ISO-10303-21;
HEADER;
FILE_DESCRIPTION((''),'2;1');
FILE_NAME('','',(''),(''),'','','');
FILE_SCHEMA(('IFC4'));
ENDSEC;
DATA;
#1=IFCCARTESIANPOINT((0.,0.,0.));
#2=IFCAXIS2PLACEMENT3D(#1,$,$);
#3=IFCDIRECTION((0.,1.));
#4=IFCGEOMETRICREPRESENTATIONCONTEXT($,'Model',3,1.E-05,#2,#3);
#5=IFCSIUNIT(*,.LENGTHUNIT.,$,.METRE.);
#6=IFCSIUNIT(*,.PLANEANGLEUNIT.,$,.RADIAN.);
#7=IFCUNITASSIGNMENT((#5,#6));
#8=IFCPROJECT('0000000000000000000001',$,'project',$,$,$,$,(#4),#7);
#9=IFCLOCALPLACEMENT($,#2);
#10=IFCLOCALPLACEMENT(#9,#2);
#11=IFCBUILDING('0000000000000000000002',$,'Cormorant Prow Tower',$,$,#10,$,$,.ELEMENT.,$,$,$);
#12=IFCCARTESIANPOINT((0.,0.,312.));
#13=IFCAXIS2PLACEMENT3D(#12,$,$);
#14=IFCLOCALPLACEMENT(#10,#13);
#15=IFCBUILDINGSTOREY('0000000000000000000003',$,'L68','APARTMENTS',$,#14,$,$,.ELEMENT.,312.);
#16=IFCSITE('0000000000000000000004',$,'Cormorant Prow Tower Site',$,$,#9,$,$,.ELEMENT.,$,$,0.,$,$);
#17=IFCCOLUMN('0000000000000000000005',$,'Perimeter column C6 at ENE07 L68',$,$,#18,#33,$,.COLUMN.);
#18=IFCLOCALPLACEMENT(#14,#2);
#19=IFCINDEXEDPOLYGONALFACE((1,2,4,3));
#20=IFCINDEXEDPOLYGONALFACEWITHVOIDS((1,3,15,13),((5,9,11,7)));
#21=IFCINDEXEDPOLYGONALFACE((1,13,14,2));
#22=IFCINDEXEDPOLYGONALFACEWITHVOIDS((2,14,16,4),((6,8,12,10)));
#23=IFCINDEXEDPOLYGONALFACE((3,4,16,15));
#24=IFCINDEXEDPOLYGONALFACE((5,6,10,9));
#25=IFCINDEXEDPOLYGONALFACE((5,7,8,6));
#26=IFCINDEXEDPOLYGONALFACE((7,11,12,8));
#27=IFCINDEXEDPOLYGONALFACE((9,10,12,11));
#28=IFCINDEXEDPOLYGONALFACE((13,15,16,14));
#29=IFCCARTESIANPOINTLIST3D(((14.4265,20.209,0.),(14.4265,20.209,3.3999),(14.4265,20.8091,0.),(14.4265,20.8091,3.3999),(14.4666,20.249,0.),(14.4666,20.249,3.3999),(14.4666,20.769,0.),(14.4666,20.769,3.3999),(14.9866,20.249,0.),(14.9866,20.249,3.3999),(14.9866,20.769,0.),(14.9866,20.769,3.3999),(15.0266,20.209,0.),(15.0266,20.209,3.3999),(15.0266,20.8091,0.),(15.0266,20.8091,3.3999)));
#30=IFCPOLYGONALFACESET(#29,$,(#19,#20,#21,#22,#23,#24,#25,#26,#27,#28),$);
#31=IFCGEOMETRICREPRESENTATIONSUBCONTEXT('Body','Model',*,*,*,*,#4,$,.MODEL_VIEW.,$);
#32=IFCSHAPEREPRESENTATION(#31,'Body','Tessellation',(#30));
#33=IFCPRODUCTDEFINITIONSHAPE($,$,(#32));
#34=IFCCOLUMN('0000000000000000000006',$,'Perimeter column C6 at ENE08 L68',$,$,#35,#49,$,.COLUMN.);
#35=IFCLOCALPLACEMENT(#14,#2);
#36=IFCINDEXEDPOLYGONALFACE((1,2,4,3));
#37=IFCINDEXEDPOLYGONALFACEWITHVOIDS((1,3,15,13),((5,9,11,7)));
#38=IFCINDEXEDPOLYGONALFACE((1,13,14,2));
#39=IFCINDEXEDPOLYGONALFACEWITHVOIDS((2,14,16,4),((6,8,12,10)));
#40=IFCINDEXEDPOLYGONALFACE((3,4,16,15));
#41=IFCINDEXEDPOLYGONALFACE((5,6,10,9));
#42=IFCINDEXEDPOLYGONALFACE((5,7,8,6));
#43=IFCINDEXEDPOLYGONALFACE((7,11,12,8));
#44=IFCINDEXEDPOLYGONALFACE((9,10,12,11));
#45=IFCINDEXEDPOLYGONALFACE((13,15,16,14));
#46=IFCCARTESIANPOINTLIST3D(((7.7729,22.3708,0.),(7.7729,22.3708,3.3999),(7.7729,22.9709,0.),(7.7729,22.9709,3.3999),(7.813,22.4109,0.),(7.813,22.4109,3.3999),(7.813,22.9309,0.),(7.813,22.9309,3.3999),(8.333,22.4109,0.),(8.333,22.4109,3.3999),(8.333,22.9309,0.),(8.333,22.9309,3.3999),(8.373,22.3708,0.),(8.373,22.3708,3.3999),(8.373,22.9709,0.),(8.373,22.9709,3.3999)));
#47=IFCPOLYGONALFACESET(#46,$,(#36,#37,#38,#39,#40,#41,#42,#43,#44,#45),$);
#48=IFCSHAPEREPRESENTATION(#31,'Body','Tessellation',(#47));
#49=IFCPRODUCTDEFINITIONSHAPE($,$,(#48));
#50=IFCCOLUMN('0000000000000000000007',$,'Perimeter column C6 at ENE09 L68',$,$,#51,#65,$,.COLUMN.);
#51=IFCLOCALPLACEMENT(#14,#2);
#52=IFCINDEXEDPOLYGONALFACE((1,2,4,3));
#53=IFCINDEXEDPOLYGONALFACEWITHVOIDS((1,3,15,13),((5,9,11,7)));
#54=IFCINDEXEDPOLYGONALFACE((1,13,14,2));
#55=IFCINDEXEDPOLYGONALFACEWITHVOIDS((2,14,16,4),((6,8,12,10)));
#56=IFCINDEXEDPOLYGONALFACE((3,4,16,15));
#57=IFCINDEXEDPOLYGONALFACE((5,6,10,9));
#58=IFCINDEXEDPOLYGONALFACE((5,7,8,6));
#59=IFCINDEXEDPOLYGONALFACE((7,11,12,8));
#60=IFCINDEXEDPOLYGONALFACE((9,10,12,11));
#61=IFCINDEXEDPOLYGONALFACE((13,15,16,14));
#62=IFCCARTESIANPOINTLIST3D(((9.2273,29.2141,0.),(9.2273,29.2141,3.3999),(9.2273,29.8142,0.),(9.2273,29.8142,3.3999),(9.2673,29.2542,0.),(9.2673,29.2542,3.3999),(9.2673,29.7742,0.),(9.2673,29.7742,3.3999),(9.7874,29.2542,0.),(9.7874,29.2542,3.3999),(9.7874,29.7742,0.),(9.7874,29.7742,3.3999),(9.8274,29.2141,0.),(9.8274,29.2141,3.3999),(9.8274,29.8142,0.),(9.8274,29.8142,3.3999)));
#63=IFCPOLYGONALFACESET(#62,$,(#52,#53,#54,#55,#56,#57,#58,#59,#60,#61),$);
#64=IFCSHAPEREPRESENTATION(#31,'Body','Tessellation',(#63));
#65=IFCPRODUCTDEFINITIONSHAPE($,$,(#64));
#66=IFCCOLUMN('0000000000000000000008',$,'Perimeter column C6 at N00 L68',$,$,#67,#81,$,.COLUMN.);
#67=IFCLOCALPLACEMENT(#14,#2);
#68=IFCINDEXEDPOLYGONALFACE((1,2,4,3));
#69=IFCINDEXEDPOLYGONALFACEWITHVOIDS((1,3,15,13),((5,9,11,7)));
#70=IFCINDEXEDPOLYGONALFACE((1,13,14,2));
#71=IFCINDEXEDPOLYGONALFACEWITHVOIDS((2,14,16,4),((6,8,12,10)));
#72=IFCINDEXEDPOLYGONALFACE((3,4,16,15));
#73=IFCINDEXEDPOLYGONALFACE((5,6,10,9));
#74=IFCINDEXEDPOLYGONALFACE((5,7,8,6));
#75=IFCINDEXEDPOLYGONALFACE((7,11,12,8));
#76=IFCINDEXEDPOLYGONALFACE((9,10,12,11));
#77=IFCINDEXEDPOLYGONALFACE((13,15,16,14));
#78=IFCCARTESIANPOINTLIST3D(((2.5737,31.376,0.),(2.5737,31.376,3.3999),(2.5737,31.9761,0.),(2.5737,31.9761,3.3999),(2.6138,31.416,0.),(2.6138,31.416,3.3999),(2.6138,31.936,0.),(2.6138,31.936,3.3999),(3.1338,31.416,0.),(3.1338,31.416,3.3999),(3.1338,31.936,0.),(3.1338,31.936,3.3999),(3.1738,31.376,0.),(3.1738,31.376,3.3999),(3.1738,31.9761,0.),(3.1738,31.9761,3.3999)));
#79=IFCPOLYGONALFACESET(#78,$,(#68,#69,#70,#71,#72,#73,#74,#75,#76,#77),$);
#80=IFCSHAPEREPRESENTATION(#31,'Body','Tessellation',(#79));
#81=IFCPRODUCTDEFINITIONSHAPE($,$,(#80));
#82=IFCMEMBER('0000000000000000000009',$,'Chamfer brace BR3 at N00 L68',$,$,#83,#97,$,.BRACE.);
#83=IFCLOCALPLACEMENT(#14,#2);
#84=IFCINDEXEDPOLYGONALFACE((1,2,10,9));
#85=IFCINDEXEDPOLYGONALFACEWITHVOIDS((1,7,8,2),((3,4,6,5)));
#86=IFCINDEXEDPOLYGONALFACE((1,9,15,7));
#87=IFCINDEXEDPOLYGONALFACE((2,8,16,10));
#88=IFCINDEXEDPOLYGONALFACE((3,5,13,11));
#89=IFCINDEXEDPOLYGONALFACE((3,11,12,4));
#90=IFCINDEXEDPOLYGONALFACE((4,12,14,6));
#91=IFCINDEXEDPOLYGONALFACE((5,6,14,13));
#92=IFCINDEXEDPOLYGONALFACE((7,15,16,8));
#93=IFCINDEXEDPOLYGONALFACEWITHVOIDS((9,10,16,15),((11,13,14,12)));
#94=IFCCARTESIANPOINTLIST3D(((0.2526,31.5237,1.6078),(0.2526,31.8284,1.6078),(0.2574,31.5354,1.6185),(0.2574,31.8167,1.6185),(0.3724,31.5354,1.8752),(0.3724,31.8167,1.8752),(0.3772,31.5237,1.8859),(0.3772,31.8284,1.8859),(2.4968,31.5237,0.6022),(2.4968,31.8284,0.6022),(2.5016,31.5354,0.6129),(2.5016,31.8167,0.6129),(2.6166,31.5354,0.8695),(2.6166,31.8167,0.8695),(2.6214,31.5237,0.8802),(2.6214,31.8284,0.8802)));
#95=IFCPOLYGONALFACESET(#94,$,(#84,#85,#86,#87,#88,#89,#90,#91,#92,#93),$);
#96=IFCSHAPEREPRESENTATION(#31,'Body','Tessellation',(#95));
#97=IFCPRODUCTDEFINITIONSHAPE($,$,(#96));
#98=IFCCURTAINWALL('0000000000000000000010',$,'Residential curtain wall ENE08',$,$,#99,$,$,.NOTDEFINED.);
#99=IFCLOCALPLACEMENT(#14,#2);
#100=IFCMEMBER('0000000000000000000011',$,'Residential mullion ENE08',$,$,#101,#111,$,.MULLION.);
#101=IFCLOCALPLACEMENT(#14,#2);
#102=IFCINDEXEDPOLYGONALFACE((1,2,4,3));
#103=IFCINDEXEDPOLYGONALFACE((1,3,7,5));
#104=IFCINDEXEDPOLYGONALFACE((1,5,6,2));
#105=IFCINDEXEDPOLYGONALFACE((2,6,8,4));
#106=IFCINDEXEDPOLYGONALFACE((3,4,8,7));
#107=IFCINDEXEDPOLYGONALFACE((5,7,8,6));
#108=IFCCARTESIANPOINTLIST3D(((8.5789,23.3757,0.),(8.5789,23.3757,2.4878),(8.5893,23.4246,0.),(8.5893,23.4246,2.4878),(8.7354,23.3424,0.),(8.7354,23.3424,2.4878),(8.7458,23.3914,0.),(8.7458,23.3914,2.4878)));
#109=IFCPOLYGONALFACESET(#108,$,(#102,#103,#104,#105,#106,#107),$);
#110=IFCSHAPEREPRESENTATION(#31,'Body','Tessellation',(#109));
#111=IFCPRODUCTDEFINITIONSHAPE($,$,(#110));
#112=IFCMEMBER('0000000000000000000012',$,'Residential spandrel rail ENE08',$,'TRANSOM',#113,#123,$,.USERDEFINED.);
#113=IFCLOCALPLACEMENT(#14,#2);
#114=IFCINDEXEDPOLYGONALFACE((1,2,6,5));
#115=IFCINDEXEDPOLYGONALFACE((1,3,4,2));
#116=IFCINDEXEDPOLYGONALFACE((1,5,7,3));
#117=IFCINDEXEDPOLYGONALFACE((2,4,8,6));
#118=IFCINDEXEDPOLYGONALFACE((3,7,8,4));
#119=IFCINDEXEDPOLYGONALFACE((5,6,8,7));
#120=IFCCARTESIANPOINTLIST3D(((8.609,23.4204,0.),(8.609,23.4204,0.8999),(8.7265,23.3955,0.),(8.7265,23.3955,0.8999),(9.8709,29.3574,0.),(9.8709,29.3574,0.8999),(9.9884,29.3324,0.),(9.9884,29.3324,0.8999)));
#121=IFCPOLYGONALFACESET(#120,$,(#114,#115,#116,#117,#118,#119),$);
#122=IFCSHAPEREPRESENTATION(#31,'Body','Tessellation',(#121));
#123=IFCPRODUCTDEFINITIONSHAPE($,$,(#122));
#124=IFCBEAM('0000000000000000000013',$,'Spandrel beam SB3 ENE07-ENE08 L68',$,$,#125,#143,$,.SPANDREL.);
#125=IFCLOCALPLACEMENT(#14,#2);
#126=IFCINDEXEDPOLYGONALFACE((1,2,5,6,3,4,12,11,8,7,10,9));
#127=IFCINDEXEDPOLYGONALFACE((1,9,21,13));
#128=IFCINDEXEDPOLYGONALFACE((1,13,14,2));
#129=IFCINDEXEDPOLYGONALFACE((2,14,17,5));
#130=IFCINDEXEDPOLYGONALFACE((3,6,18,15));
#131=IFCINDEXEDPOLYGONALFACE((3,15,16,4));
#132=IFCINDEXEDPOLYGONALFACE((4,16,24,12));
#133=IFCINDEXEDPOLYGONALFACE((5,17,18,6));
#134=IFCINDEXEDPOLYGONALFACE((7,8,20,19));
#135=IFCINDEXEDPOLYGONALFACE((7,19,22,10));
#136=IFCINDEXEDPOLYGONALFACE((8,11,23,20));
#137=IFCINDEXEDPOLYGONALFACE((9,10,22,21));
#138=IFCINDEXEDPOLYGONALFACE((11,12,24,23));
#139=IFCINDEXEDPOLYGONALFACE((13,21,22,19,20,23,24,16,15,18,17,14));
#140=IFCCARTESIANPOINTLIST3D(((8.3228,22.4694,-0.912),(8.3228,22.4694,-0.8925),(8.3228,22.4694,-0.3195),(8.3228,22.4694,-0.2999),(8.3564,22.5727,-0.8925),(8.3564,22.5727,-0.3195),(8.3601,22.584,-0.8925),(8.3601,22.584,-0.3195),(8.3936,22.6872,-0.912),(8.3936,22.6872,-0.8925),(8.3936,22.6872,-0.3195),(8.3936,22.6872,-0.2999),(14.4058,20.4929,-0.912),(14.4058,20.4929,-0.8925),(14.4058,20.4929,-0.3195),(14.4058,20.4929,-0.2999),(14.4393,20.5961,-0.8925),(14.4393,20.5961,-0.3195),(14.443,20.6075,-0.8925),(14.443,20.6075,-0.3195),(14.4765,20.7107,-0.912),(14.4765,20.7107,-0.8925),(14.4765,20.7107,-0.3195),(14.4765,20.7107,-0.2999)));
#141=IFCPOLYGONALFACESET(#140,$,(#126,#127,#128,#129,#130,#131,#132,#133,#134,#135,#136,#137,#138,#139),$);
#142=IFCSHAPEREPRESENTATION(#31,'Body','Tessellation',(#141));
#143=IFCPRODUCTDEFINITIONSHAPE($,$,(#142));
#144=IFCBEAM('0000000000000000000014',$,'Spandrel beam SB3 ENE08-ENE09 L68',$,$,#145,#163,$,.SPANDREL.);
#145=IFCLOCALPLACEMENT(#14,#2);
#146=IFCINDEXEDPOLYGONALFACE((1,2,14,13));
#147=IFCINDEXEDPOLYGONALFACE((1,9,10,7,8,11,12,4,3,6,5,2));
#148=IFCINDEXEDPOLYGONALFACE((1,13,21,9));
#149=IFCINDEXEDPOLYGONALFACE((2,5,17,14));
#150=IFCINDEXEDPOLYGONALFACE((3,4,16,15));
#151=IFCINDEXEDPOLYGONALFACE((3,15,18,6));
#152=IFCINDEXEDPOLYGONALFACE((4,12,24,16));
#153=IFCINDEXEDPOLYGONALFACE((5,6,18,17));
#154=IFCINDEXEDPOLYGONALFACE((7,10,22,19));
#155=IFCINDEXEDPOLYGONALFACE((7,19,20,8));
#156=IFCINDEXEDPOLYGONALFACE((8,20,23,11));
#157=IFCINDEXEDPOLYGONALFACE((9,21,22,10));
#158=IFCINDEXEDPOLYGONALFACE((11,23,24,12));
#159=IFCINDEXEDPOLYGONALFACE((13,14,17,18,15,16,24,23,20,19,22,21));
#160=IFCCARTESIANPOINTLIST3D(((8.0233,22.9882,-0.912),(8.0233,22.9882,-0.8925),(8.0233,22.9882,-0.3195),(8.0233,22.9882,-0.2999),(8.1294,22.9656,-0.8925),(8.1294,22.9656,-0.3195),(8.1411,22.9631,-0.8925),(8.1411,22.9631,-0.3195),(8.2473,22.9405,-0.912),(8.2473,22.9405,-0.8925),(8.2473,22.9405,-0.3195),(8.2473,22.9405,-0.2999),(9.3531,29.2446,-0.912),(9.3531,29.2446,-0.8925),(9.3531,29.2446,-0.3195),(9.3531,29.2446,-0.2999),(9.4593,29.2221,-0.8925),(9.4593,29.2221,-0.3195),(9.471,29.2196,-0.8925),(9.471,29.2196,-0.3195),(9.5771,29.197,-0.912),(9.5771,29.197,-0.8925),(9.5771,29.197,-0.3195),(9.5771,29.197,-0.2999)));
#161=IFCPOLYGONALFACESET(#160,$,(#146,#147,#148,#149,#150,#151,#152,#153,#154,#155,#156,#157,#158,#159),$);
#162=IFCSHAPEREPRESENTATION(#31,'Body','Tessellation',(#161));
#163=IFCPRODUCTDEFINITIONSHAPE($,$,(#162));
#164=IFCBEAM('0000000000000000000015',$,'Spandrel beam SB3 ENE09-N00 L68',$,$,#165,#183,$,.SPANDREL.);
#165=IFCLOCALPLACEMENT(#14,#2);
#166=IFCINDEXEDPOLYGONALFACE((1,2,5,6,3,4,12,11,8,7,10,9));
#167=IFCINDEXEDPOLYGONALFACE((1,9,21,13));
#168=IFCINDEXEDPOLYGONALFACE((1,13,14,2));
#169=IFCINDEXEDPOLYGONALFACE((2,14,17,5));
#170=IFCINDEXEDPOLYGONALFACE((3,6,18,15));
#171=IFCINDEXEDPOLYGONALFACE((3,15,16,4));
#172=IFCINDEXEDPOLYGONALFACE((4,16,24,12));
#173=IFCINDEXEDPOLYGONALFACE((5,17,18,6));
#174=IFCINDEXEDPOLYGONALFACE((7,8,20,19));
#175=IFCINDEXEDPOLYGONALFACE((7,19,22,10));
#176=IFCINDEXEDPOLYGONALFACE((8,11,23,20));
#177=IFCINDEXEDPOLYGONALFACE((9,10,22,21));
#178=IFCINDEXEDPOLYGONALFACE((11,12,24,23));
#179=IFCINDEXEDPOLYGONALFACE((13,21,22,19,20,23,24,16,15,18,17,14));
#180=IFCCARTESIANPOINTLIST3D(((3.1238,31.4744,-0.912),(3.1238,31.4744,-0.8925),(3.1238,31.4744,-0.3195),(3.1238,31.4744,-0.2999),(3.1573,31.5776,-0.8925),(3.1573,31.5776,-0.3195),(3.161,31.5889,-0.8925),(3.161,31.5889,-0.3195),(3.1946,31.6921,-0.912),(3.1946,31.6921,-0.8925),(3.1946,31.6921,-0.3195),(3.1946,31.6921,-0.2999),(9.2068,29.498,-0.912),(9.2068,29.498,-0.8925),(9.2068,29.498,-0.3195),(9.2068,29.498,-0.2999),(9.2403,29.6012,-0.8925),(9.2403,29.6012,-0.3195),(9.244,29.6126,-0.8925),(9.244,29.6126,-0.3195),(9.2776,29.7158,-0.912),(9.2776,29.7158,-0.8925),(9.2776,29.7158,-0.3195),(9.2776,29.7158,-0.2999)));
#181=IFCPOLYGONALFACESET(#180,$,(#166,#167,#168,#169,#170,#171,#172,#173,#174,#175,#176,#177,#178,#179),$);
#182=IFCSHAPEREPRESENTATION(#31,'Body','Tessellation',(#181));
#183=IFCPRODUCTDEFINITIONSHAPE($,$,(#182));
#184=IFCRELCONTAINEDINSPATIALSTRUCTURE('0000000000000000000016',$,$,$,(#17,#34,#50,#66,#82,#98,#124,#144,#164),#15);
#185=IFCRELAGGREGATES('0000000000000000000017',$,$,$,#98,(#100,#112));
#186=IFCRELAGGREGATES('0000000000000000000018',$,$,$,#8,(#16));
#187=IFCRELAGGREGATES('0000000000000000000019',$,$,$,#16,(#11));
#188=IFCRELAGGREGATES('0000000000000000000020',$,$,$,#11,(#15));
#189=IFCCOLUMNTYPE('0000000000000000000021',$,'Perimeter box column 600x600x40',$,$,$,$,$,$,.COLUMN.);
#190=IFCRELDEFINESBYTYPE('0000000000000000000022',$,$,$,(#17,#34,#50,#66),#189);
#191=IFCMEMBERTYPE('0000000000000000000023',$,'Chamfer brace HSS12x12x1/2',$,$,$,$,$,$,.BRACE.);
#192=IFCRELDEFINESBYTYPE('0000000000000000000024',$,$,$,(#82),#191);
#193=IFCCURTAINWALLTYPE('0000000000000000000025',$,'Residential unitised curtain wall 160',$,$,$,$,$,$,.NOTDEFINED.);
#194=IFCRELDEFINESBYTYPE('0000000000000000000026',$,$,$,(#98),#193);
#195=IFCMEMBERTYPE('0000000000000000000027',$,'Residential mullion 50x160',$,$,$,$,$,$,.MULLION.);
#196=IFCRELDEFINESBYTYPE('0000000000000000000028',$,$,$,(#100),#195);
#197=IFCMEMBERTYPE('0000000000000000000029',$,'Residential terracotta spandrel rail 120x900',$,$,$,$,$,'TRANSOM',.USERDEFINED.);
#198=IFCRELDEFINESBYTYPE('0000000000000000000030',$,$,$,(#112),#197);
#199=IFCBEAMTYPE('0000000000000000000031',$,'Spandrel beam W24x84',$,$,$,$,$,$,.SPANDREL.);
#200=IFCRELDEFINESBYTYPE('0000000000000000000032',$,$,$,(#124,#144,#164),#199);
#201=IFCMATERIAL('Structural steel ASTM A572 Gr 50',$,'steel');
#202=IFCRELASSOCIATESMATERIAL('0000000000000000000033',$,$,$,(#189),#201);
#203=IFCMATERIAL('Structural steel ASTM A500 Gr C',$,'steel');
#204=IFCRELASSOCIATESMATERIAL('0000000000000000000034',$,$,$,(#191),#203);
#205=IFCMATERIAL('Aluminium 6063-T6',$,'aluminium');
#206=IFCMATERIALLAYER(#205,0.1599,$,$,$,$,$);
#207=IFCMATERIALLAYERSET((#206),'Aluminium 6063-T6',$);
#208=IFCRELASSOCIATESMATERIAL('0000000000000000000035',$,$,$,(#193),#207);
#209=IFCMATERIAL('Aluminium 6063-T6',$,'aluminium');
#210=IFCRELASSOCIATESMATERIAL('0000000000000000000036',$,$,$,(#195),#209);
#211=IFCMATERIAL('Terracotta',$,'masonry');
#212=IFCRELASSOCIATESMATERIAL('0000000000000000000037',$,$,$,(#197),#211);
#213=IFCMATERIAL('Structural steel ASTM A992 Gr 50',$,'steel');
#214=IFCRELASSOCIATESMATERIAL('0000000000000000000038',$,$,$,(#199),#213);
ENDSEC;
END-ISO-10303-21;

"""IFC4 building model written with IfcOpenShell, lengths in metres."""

from ifc_helpers import new_model, si_unit, direction, frame, origin, origin_2d, place, context, subcontext, project, spatial, rectangle, hollow_rectangle, i_section, extrude, material, layer, layer_set, material_profile, profile_set, type_object, element, aggregate, save


model = new_model("IFC4")

# Units and contexts
model_context = context("Model", 3, precision=1e-05, world=origin(), true_north=direction((0.0, 1.0)))
body_context = subcontext(model_context, "Body", "Model", "MODEL_VIEW")
ifc_project = project(units=[si_unit("LENGTHUNIT", "METRE"), si_unit("PLANEANGLEUNIT", "RADIAN")], contexts=[model_context])

# Site, building, storey
site_placement = place(None, origin())
site = spatial("IfcSite", under=ifc_project, at=site_placement, Name="Cormorant Prow Tower Site", CompositionType="ELEMENT", RefElevation=0.0)
building_placement = place(site_placement, origin())
building = spatial("IfcBuilding", under=site, at=building_placement, Name="Cormorant Prow Tower", CompositionType="ELEMENT")
storey_placement = place(building_placement, frame((0.0, 0.0, 312.0)))
storey = spatial("IfcBuildingStorey", under=building, at=storey_placement, Name="L68", Description="APARTMENTS", CompositionType="ELEMENT", Elevation=312.0)

# Columns
ifc_material_1 = material(Name="Structural steel ASTM A572 Gr 50", Category="steel")
ifc_material_profile_1 = material_profile(ifc_material_1, hollow_rectangle(XDim=0.6001, YDim=0.6001, WallThickness=0.04, at=origin_2d()), Name="Box 600x600x40")
ifc_profile_set_1 = profile_set([ifc_material_profile_1], Name="Structural steel ASTM A572 Gr 50")
column_type = type_object("IfcColumnType", Name="Perimeter box column 600x600x40", PredefinedType="COLUMN", material=ifc_profile_set_1)
for number, where, z_axis, x_axis, name in (
    (1, (14.7266, 20.509, 0.0), (0.0, 0.0, 1.0), (1.0, 0.0, 0.0), "Perimeter column C6 at ENE07 L68"),
    (2, (8.073, 22.6709, 0.0), (0.0, 0.0, 1.0), (1.0, 0.0, 0.0), "Perimeter column C6 at ENE08 L68"),
    (3, (9.5273, 29.5142, 0.0), (0.0, 0.0, 1.0), (1.0, 0.0, 0.0), "Perimeter column C6 at ENE09 L68"),
    (4, (2.8738, 31.676, 0.0), (0.0, 0.0, 1.0), (1.0, 0.0, 0.0), "Perimeter column C6 at N00 L68"),
):
    element("IfcColumn", number, at=place(storey_placement, frame(where, z_axis=z_axis, x_axis=x_axis)), inside=storey, type_object=column_type, Name=name, PredefinedType="COLUMN", context=body_context, shape_type="SweptSolid", body=[
        extrude(hollow_rectangle(XDim=0.6001, YDim=0.6001, WallThickness=0.04, at=origin_2d()), origin(), (0.0, 0.0, 1.0), 3.3999),
    ])

# Member
ifc_material_2 = material(Name="Structural steel ASTM A500 Gr C", Category="steel")
ifc_material_profile_2 = material_profile(ifc_material_2, hollow_rectangle(XDim=0.3047, YDim=0.3047, WallThickness=0.0117, at=origin_2d()), Name="HSS12x12x1/2")
ifc_profile_set_2 = profile_set([ifc_material_profile_2], Name="Structural steel ASTM A500 Gr C")
member_type_1 = type_object("IfcMemberType", Name="Chamfer brace HSS12x12x1/2", PredefinedType="BRACE", material=ifc_profile_set_2)
member_1_placement = place(storey_placement, frame((2.5591, 31.676, 0.7412), z_axis=(-0.912567, 0.0, 0.408928), x_axis=(0.0, -1.0, 0.0)))
element("IfcMember", 5, at=member_1_placement, inside=storey, type_object=member_type_1, Name="Chamfer brace BR3 at N00 L68", PredefinedType="BRACE", context=body_context, shape_type="SweptSolid", body=[
    extrude(hollow_rectangle(XDim=0.3047, YDim=0.3047, WallThickness=0.0117, at=origin_2d()), origin(), (0.0, 0.0, 1.0), 2.4592),
])

# Curtain wall, members
ifc_material_3 = material(Name="Aluminium 6063-T6", Category="aluminium")
ifc_layer_1 = layer(ifc_material_3, 0.1599)
ifc_layer_set_1 = layer_set([ifc_layer_1], Name="Aluminium 6063-T6")
curtain_wall_type = type_object("IfcCurtainWallType", Name="Residential unitised curtain wall 160", PredefinedType="NOTDEFINED", material=ifc_layer_set_1)
curtain_wall_1_placement = place(storey_placement, origin())
curtain_wall_1 = element("IfcCurtainWall", 6, at=curtain_wall_1_placement, inside=storey, type_object=curtain_wall_type, Name="Residential curtain wall ENE08", PredefinedType="NOTDEFINED")
ifc_material_4 = material(Name="Aluminium 6063-T6", Category="aluminium")
ifc_material_profile_3 = material_profile(ifc_material_4, rectangle(XDim=0.1599, YDim=0.05, at=origin_2d()), Name="Residential mullion 50x160")
ifc_profile_set_3 = profile_set([ifc_material_profile_3], Name="Aluminium 6063-T6")
member_type_2 = type_object("IfcMemberType", Name="Residential mullion 50x160", PredefinedType="MULLION", material=ifc_profile_set_3)
member_2_placement = place(storey_placement, frame((8.6624, 23.3835, 0.0), z_axis=(0.0, 0.0, 1.0), x_axis=(-0.978148, 0.207912, 0.0)))
member_2 = element("IfcMember", 7, at=member_2_placement, type_object=member_type_2, Name="Residential mullion ENE08", PredefinedType="MULLION", context=body_context, shape_type="SweptSolid", body=[
    extrude(rectangle(XDim=0.1599, YDim=0.05, at=origin_2d()), origin(), (0.0, 0.0, 1.0), 2.4878),
])
ifc_material_5 = material(Name="Terracotta", Category="masonry")
ifc_material_profile_4 = material_profile(ifc_material_5, rectangle(XDim=0.1201, YDim=0.8999, at=origin_2d()), Name="Residential terracotta spandrel rail 120x900")
ifc_profile_set_4 = profile_set([ifc_material_profile_4], Name="Terracotta")
member_type_3 = type_object("IfcMemberType", Name="Residential terracotta spandrel rail 120x900", ElementType="TRANSOM", PredefinedType="USERDEFINED", material=ifc_profile_set_4)
member_3_placement = place(storey_placement, frame((8.6677, 23.408, 0.45), z_axis=(0.207914, 0.978147, 0.0), x_axis=(-0.978147, 0.207914, 0.0)))
member_3 = element("IfcMember", 8, at=member_3_placement, type_object=member_type_3, Name="Residential spandrel rail ENE08", ObjectType="TRANSOM", PredefinedType="USERDEFINED", context=body_context, shape_type="SweptSolid", body=[
    extrude(rectangle(XDim=0.1201, YDim=0.8999, at=origin_2d()), origin(), (0.0, 0.0, 1.0), 6.0696),
])

# Beams
ifc_material_6 = material(Name="Structural steel ASTM A992 Gr 50", Category="steel")
ifc_material_profile_5 = material_profile(ifc_material_6, i_section(OverallWidth=0.229, OverallDepth=0.6121, WebThickness=0.012, FlangeThickness=0.0195, at=origin_2d()), Name="W24x84")
ifc_profile_set_5 = profile_set([ifc_material_profile_5], Name="Structural steel ASTM A992 Gr 50")
beam_type = type_object("IfcBeamType", Name="Spandrel beam W24x84", PredefinedType="SPANDREL", material=ifc_profile_set_5)
beam_1_placement = place(storey_placement, frame((14.4412, 20.6018, -0.606), z_axis=(-0.951053, 0.309027, 0.0), x_axis=(-0.309027, -0.951053, 0.0)))
element("IfcBeam", 9, at=beam_1_placement, inside=storey, type_object=beam_type, Name="Spandrel beam SB3 ENE07-ENE08 L68", PredefinedType="SPANDREL", context=body_context, shape_type="SweptSolid", body=[
    extrude(i_section(OverallWidth=0.229, OverallDepth=0.6121, WebThickness=0.012, FlangeThickness=0.0195, at=origin_2d()), origin(), (0.0, 0.0, 1.0), 6.396),
])
beam_2_placement = place(storey_placement, frame((8.1353, 22.9644, -0.606), z_axis=(0.207913, 0.978147, 0.0), x_axis=(-0.978147, 0.207913, 0.0)))
element("IfcBeam", 10, at=beam_2_placement, inside=storey, type_object=beam_type, Name="Spandrel beam SB3 ENE08-ENE09 L68", PredefinedType="SPANDREL", context=body_context, shape_type="SweptSolid", body=[
    extrude(i_section(OverallWidth=0.229, OverallDepth=0.6121, WebThickness=0.012, FlangeThickness=0.0195, at=origin_2d()), origin(), (0.0, 0.0, 1.0), 6.3962),
])
beam_3_placement = place(storey_placement, frame((9.2422, 29.6069, -0.606), z_axis=(-0.951064, 0.308993, 0.0), x_axis=(-0.308993, -0.951064, 0.0)))
element("IfcBeam", 11, at=beam_3_placement, inside=storey, type_object=beam_type, Name="Spandrel beam SB3 ENE09-N00 L68", PredefinedType="SPANDREL", context=body_context, shape_type="SweptSolid", body=[
    extrude(i_section(OverallWidth=0.229, OverallDepth=0.6121, WebThickness=0.012, FlangeThickness=0.0195, at=origin_2d()), origin(), (0.0, 0.0, 1.0), 6.396),
])

aggregate(curtain_wall_1, [member_2, member_3])

save(model, "model.ifc")
